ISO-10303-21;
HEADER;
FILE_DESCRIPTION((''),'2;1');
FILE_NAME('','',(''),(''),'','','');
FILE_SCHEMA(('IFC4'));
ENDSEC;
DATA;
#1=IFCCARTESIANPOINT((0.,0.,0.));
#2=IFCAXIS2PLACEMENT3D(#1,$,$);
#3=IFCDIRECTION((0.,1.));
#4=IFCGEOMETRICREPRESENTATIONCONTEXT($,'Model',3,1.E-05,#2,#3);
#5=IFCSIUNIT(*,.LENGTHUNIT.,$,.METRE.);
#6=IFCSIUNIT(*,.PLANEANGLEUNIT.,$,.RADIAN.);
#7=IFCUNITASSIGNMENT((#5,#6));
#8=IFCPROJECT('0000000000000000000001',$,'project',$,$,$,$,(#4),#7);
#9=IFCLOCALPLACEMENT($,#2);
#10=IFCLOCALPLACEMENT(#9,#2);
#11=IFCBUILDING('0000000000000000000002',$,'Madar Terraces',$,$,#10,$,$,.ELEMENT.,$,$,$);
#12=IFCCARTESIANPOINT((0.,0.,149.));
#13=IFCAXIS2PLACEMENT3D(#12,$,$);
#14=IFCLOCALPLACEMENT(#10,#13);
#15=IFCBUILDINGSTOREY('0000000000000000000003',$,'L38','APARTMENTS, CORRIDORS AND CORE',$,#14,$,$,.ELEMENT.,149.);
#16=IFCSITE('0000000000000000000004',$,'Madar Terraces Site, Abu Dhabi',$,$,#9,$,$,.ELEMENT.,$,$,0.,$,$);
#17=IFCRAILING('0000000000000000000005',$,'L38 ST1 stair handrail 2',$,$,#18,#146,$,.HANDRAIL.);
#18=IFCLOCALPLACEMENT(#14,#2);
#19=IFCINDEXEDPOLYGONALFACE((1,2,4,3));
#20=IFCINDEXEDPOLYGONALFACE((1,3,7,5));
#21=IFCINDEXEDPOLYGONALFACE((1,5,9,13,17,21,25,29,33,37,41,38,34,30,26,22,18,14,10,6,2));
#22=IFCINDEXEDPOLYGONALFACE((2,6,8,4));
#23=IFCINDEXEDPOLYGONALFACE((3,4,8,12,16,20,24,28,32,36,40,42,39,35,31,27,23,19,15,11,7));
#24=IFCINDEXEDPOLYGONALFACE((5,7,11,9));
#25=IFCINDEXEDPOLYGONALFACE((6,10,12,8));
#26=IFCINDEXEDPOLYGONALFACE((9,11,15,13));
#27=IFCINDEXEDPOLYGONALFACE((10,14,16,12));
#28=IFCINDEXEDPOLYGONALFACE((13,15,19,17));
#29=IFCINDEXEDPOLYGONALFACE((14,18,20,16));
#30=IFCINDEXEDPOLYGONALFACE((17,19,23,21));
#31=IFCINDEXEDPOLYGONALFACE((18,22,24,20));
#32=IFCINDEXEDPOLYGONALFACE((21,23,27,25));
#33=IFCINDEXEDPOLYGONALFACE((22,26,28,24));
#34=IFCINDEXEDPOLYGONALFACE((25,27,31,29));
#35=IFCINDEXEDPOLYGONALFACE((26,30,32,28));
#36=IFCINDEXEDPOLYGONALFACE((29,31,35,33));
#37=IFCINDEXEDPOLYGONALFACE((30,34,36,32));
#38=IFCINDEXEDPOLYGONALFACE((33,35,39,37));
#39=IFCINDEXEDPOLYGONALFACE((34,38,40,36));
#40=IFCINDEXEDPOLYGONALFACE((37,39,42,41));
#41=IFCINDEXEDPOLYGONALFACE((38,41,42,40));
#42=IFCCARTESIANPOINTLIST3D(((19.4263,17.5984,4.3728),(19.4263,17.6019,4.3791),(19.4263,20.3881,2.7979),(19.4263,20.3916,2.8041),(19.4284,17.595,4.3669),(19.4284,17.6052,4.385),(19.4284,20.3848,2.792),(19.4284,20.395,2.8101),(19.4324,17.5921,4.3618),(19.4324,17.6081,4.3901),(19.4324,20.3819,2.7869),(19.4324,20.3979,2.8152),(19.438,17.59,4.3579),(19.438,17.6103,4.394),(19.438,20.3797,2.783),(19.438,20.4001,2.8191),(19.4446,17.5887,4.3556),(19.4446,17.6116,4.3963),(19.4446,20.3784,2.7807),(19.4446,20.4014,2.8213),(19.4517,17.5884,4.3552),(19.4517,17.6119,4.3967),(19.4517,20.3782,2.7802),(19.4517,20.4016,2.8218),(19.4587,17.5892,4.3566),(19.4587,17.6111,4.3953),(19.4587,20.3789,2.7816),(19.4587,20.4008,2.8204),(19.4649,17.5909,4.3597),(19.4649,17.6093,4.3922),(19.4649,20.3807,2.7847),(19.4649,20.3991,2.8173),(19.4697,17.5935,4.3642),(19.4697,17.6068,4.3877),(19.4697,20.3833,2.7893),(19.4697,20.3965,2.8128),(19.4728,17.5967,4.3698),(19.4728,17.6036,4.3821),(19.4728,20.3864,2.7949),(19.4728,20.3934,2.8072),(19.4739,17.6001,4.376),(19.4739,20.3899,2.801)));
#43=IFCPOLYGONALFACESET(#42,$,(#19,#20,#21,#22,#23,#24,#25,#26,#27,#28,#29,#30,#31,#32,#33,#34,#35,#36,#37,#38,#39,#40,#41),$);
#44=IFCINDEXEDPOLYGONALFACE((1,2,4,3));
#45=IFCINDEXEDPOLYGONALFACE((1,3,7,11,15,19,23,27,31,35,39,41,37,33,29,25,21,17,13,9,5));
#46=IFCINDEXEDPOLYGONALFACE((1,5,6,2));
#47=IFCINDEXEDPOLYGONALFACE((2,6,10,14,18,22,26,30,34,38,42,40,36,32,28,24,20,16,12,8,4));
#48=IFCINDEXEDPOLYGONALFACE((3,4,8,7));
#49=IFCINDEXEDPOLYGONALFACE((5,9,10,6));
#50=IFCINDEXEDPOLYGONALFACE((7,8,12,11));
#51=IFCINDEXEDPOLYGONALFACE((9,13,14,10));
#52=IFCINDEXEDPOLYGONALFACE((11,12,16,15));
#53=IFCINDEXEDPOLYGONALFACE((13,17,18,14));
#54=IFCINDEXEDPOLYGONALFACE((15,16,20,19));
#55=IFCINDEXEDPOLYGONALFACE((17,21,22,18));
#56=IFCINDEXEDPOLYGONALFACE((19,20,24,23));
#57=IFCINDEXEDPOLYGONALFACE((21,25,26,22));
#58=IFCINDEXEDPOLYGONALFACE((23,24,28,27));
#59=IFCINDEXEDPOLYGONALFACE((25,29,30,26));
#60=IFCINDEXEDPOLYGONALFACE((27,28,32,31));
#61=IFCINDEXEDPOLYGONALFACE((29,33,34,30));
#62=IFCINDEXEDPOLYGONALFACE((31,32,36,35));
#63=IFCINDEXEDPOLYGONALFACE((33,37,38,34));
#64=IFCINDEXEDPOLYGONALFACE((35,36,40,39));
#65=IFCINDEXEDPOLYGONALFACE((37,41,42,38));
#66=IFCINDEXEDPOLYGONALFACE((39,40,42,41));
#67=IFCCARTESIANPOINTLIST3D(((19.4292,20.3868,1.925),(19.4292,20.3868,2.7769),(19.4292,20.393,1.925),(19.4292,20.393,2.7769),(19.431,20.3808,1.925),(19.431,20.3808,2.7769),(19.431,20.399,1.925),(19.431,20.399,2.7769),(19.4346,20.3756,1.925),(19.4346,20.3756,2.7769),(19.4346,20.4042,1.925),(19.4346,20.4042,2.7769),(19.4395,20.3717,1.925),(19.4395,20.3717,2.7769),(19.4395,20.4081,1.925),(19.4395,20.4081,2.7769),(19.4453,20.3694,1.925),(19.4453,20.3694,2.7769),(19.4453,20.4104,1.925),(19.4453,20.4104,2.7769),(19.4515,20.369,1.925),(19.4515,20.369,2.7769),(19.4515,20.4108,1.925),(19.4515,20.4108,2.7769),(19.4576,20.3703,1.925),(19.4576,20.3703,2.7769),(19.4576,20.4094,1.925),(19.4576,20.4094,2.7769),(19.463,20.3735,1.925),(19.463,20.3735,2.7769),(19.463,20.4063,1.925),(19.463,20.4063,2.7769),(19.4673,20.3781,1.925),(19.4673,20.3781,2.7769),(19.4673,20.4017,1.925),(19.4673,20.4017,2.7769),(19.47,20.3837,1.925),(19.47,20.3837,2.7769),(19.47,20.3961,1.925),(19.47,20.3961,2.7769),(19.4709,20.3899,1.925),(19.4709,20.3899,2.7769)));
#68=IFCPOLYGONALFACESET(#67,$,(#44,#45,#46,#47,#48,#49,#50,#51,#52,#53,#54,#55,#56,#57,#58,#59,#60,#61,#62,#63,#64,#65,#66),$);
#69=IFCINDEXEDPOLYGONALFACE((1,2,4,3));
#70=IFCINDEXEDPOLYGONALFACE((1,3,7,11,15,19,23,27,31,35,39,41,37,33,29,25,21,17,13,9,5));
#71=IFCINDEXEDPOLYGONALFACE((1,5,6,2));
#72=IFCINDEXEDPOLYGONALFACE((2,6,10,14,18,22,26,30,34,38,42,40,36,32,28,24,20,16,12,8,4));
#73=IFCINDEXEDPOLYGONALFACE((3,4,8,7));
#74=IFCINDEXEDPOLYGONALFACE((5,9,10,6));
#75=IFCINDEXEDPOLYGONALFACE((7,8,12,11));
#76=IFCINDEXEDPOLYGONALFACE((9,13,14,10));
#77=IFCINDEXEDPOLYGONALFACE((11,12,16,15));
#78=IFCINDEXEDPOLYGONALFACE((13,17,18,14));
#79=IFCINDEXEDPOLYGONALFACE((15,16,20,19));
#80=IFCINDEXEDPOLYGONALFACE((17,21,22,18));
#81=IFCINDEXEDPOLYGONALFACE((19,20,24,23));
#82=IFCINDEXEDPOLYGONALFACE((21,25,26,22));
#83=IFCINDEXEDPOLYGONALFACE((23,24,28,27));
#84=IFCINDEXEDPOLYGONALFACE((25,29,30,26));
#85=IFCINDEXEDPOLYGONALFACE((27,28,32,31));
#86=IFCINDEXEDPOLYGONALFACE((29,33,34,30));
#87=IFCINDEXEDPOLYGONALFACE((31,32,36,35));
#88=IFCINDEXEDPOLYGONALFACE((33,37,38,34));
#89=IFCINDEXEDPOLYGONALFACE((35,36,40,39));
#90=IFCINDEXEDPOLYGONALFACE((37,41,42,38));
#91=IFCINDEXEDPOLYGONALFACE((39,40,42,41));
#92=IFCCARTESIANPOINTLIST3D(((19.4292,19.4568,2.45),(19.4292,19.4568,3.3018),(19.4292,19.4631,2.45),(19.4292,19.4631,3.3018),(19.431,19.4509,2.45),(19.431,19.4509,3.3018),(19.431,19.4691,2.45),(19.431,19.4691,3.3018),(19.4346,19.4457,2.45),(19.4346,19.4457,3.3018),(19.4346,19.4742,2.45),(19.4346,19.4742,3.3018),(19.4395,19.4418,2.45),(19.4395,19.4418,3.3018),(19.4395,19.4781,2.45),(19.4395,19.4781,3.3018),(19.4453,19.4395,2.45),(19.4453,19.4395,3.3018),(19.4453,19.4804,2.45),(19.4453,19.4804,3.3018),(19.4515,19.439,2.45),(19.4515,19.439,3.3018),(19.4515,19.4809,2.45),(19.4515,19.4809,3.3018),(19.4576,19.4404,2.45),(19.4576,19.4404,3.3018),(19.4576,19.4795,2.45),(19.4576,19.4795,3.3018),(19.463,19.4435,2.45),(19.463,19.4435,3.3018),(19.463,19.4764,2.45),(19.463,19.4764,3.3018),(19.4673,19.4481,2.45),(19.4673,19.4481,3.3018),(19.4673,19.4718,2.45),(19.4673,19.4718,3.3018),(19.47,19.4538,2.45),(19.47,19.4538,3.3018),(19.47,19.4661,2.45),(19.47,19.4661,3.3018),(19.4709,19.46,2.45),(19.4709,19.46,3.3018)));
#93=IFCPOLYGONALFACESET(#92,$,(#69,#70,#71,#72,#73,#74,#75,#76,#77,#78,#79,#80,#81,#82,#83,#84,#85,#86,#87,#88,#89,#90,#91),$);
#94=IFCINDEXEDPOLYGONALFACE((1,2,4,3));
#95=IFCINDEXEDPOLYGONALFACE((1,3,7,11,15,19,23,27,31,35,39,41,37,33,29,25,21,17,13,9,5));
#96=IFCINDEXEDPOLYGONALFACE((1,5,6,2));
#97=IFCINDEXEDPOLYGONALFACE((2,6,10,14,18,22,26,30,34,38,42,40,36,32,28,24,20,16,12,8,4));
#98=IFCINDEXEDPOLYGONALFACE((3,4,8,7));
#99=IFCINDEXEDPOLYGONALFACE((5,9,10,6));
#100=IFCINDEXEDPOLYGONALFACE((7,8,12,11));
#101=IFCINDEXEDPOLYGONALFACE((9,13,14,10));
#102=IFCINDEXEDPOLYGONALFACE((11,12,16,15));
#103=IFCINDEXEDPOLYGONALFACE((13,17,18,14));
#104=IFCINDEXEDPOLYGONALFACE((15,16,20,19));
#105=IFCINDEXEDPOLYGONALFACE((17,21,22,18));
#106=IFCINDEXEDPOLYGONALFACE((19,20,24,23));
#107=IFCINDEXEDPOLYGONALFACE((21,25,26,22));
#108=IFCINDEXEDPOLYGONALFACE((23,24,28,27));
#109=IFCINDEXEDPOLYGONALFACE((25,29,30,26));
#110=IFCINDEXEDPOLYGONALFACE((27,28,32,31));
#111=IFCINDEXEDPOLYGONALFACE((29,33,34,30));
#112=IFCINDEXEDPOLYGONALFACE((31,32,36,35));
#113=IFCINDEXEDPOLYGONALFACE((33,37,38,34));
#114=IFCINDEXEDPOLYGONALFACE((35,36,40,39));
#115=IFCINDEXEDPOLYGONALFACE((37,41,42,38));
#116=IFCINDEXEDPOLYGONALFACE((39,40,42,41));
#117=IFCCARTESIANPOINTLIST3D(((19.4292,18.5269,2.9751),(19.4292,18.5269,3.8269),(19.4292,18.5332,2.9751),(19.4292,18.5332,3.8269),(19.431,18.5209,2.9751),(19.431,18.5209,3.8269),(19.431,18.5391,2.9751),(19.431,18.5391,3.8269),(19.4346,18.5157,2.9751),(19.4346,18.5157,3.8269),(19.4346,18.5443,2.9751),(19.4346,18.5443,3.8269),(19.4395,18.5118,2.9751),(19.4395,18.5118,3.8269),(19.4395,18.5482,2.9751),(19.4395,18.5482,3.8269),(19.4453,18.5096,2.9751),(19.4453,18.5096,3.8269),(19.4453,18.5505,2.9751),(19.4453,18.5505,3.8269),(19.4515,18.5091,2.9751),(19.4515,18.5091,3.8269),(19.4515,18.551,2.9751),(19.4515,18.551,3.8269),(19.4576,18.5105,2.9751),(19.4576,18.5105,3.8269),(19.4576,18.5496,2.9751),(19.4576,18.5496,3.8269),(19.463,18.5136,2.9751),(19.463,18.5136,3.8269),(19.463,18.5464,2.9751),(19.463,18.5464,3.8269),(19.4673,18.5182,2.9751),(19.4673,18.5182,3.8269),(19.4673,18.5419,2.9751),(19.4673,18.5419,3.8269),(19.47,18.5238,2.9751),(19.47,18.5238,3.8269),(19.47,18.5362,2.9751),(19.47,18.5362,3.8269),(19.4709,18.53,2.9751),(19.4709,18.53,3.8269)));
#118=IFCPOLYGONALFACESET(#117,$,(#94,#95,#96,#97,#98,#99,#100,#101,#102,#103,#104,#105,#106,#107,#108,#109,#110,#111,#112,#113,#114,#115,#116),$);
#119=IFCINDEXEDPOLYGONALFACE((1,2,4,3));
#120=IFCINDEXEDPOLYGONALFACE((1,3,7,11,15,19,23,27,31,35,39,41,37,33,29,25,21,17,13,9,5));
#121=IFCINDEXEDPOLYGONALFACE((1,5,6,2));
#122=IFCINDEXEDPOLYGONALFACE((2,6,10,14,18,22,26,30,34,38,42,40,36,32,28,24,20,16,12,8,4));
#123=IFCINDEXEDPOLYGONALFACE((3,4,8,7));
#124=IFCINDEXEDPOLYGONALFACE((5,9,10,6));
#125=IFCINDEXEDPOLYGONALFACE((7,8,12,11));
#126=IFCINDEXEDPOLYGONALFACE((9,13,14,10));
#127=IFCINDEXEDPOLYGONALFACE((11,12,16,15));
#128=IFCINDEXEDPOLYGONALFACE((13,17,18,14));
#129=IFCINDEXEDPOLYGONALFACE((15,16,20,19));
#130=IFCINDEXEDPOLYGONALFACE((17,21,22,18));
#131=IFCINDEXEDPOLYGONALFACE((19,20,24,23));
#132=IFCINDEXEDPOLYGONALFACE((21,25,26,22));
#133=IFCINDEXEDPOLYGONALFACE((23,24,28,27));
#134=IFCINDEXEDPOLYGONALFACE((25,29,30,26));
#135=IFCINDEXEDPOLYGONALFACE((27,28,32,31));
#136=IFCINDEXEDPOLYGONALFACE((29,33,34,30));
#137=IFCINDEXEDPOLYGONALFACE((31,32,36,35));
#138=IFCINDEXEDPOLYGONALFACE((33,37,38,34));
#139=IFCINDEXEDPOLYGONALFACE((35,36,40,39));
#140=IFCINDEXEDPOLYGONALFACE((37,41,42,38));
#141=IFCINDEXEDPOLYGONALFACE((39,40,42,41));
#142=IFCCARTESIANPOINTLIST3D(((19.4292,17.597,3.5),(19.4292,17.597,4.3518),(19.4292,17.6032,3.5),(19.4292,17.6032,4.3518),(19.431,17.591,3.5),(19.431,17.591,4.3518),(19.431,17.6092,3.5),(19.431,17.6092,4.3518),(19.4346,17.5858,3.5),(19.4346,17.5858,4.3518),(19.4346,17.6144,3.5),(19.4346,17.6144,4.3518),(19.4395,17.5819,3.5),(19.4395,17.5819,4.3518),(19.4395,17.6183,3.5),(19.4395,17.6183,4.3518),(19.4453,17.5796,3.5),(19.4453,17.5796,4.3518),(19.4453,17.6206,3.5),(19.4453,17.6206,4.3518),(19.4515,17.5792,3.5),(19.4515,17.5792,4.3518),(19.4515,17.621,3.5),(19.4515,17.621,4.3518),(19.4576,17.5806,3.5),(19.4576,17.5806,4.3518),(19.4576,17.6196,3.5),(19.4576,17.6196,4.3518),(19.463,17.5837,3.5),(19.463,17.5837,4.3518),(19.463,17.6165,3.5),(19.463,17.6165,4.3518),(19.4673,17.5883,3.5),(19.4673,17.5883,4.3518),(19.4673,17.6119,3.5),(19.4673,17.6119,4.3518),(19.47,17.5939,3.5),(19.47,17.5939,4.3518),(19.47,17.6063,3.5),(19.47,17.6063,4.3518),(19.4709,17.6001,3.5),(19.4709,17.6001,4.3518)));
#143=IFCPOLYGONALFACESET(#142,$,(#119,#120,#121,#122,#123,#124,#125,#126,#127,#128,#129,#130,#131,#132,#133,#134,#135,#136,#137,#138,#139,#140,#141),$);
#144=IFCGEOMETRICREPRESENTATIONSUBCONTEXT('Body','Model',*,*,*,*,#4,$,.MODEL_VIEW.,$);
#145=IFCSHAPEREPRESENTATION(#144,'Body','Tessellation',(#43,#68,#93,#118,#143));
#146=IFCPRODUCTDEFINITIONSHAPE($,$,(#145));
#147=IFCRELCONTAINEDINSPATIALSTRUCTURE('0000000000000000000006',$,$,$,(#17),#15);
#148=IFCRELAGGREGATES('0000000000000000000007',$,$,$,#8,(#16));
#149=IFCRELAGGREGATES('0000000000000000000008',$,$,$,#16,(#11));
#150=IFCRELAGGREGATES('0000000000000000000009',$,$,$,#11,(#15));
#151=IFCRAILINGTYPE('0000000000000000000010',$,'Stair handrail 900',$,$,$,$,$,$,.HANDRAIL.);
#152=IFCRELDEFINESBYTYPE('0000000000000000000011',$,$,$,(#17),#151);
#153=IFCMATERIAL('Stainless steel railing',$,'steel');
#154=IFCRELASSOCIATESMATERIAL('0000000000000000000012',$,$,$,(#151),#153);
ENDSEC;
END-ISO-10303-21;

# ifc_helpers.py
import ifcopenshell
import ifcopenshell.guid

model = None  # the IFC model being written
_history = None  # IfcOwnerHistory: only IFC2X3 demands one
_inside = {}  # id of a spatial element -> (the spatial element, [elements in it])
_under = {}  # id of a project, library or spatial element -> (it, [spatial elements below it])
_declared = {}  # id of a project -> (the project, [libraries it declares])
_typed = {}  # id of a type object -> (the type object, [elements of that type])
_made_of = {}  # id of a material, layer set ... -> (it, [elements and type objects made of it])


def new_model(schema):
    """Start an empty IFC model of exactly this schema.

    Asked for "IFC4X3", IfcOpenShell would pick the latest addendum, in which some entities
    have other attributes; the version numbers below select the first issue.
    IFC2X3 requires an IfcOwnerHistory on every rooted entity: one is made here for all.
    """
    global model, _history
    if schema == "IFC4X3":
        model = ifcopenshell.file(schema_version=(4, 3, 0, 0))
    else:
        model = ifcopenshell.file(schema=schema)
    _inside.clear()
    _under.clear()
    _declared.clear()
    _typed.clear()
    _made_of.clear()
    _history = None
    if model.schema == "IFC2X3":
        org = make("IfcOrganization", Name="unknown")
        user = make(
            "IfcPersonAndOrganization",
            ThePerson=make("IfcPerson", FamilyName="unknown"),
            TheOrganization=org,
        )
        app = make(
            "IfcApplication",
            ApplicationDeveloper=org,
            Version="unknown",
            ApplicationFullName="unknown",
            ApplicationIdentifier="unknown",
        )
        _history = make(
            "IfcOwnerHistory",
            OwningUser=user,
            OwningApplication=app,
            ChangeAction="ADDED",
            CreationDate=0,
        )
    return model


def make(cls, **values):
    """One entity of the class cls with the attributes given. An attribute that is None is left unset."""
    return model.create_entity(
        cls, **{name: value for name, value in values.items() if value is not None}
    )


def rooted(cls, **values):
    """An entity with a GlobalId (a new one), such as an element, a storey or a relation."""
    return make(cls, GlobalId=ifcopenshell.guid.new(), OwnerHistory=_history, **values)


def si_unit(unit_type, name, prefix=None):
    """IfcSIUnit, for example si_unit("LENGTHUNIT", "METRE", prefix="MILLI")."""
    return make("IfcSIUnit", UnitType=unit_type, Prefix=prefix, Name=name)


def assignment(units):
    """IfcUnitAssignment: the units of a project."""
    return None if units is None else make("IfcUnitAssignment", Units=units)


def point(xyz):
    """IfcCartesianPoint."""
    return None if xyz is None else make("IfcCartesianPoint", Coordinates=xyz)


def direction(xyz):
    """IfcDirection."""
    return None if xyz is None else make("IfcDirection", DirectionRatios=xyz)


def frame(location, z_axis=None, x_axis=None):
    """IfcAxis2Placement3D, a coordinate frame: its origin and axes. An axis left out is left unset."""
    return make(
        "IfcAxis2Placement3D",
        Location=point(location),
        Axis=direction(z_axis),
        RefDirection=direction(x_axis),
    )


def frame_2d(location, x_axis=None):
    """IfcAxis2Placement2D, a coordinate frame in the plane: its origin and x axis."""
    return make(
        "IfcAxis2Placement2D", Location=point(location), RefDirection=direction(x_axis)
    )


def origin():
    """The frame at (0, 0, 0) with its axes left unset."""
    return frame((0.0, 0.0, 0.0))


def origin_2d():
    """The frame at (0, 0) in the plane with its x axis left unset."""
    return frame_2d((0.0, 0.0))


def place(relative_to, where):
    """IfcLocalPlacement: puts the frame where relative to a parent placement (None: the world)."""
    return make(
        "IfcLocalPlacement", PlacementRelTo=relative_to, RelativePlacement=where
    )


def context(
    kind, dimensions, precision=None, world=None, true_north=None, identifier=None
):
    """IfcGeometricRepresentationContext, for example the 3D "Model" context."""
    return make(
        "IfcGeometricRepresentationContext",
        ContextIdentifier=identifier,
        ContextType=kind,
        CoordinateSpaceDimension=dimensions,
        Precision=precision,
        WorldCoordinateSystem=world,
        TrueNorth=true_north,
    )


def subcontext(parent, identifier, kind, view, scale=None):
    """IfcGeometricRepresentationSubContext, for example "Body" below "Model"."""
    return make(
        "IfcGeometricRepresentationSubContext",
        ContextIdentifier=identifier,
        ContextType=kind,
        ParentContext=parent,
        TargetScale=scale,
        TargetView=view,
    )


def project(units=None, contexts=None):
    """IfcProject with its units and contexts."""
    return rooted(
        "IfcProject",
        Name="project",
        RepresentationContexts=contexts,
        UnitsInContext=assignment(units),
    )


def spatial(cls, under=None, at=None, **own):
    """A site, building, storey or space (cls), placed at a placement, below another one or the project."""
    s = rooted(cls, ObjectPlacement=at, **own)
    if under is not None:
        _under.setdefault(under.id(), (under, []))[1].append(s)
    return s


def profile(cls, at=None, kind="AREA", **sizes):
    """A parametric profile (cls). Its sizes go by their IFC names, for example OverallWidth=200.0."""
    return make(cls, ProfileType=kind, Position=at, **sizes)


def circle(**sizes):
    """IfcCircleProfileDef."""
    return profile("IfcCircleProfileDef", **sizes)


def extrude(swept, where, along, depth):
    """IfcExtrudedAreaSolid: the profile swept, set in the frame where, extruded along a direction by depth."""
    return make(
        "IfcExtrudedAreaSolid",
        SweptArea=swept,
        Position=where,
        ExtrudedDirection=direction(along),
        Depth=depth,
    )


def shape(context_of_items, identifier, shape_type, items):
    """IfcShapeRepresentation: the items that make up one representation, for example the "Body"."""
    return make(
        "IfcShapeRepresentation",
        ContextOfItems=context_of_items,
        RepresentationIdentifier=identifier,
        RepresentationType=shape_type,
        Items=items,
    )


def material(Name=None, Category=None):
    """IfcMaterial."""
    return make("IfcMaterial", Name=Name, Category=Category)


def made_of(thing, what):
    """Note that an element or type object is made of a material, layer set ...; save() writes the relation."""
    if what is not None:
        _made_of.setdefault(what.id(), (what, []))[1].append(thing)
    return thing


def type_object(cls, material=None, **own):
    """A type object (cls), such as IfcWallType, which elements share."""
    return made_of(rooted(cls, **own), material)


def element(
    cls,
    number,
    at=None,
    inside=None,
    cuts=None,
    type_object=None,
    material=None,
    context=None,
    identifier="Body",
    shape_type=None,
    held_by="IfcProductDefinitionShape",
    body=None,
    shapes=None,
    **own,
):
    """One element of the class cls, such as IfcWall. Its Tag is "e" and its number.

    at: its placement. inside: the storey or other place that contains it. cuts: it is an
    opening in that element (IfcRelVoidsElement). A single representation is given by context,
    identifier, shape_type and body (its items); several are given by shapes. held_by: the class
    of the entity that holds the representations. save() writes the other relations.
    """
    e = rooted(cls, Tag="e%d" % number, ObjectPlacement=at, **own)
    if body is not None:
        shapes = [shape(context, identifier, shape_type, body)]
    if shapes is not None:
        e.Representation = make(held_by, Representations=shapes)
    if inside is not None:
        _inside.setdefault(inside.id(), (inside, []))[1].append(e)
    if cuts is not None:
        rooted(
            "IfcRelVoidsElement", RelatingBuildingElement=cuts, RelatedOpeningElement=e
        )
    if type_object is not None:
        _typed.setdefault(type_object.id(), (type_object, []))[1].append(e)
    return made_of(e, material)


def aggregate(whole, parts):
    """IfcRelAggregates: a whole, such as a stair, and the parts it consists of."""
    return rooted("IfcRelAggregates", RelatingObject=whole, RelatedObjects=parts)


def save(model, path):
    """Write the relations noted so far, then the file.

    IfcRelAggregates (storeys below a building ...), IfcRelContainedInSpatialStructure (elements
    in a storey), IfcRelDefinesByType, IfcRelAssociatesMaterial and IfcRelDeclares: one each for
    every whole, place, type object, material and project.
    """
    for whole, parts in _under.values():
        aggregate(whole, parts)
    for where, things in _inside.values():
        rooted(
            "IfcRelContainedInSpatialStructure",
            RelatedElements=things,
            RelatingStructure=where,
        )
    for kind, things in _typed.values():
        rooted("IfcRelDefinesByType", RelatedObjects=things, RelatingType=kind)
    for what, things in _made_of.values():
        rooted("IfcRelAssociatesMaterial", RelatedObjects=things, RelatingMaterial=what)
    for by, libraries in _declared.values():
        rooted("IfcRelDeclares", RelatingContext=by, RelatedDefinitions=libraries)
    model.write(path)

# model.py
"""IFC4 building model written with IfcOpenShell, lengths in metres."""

from ifc_helpers import new_model, si_unit, direction, frame, origin, origin_2d, place, context, subcontext, project, spatial, circle, extrude, material, type_object, element, save


model = new_model("IFC4")

# Units and contexts
model_context = context("Model", 3, precision=1e-05, world=origin(), true_north=direction((0.0, 1.0)))
body_context = subcontext(model_context, "Body", "Model", "MODEL_VIEW")
ifc_project = project(units=[si_unit("LENGTHUNIT", "METRE"), si_unit("PLANEANGLEUNIT", "RADIAN")], contexts=[model_context])

# Site, building, storey
site_placement = place(None, origin())
site = spatial("IfcSite", under=ifc_project, at=site_placement, Name="Madar Terraces Site, Abu Dhabi", CompositionType="ELEMENT", RefElevation=0.0)
building_placement = place(site_placement, origin())
building = spatial("IfcBuilding", under=site, at=building_placement, Name="Madar Terraces", CompositionType="ELEMENT")
storey_placement = place(building_placement, frame((0.0, 0.0, 149.0)))
storey = spatial("IfcBuildingStorey", under=building, at=storey_placement, Name="L38", Description="APARTMENTS, CORRIDORS AND CORE", CompositionType="ELEMENT", Elevation=149.0)

# Railing
ifc_material_1 = material(Name="Stainless steel railing", Category="steel")
railing_type_1 = type_object("IfcRailingType", Name="Stair handrail 900", PredefinedType="HANDRAIL", material=ifc_material_1)
railing_1_placement = place(storey_placement, frame((19.45, 20.3899, 1.925)))
element("IfcRailing", 1, at=railing_1_placement, inside=storey, type_object=railing_type_1, Name="L38 ST1 stair handrail 2", PredefinedType="HANDRAIL", context=body_context, shape_type="SweptSolid", body=[
    extrude(circle(Radius=0.0239, at=origin_2d()), frame((0.0, 0.0, 0.876), z_axis=(0.0, -0.870815, 0.49161), x_axis=(1.0, 0.0, 0.0)), (0.0, 0.0, 1.0), 3.2036),
    extrude(circle(Radius=0.021, at=origin_2d()), origin(), (0.0, 0.0, 1.0), 0.8518),
    extrude(circle(Radius=0.021, at=origin_2d()), frame((0.0, -0.9299, 0.5249)), (0.0, 0.0, 1.0), 0.8518),
    extrude(circle(Radius=0.021, at=origin_2d()), frame((0.0, -1.8599, 1.05)), (0.0, 0.0, 1.0), 0.8518),
    extrude(circle(Radius=0.021, at=origin_2d()), frame((0.0, -2.7898, 1.575)), (0.0, 0.0, 1.0), 0.8518),
])

save(model, "model.ifc")
